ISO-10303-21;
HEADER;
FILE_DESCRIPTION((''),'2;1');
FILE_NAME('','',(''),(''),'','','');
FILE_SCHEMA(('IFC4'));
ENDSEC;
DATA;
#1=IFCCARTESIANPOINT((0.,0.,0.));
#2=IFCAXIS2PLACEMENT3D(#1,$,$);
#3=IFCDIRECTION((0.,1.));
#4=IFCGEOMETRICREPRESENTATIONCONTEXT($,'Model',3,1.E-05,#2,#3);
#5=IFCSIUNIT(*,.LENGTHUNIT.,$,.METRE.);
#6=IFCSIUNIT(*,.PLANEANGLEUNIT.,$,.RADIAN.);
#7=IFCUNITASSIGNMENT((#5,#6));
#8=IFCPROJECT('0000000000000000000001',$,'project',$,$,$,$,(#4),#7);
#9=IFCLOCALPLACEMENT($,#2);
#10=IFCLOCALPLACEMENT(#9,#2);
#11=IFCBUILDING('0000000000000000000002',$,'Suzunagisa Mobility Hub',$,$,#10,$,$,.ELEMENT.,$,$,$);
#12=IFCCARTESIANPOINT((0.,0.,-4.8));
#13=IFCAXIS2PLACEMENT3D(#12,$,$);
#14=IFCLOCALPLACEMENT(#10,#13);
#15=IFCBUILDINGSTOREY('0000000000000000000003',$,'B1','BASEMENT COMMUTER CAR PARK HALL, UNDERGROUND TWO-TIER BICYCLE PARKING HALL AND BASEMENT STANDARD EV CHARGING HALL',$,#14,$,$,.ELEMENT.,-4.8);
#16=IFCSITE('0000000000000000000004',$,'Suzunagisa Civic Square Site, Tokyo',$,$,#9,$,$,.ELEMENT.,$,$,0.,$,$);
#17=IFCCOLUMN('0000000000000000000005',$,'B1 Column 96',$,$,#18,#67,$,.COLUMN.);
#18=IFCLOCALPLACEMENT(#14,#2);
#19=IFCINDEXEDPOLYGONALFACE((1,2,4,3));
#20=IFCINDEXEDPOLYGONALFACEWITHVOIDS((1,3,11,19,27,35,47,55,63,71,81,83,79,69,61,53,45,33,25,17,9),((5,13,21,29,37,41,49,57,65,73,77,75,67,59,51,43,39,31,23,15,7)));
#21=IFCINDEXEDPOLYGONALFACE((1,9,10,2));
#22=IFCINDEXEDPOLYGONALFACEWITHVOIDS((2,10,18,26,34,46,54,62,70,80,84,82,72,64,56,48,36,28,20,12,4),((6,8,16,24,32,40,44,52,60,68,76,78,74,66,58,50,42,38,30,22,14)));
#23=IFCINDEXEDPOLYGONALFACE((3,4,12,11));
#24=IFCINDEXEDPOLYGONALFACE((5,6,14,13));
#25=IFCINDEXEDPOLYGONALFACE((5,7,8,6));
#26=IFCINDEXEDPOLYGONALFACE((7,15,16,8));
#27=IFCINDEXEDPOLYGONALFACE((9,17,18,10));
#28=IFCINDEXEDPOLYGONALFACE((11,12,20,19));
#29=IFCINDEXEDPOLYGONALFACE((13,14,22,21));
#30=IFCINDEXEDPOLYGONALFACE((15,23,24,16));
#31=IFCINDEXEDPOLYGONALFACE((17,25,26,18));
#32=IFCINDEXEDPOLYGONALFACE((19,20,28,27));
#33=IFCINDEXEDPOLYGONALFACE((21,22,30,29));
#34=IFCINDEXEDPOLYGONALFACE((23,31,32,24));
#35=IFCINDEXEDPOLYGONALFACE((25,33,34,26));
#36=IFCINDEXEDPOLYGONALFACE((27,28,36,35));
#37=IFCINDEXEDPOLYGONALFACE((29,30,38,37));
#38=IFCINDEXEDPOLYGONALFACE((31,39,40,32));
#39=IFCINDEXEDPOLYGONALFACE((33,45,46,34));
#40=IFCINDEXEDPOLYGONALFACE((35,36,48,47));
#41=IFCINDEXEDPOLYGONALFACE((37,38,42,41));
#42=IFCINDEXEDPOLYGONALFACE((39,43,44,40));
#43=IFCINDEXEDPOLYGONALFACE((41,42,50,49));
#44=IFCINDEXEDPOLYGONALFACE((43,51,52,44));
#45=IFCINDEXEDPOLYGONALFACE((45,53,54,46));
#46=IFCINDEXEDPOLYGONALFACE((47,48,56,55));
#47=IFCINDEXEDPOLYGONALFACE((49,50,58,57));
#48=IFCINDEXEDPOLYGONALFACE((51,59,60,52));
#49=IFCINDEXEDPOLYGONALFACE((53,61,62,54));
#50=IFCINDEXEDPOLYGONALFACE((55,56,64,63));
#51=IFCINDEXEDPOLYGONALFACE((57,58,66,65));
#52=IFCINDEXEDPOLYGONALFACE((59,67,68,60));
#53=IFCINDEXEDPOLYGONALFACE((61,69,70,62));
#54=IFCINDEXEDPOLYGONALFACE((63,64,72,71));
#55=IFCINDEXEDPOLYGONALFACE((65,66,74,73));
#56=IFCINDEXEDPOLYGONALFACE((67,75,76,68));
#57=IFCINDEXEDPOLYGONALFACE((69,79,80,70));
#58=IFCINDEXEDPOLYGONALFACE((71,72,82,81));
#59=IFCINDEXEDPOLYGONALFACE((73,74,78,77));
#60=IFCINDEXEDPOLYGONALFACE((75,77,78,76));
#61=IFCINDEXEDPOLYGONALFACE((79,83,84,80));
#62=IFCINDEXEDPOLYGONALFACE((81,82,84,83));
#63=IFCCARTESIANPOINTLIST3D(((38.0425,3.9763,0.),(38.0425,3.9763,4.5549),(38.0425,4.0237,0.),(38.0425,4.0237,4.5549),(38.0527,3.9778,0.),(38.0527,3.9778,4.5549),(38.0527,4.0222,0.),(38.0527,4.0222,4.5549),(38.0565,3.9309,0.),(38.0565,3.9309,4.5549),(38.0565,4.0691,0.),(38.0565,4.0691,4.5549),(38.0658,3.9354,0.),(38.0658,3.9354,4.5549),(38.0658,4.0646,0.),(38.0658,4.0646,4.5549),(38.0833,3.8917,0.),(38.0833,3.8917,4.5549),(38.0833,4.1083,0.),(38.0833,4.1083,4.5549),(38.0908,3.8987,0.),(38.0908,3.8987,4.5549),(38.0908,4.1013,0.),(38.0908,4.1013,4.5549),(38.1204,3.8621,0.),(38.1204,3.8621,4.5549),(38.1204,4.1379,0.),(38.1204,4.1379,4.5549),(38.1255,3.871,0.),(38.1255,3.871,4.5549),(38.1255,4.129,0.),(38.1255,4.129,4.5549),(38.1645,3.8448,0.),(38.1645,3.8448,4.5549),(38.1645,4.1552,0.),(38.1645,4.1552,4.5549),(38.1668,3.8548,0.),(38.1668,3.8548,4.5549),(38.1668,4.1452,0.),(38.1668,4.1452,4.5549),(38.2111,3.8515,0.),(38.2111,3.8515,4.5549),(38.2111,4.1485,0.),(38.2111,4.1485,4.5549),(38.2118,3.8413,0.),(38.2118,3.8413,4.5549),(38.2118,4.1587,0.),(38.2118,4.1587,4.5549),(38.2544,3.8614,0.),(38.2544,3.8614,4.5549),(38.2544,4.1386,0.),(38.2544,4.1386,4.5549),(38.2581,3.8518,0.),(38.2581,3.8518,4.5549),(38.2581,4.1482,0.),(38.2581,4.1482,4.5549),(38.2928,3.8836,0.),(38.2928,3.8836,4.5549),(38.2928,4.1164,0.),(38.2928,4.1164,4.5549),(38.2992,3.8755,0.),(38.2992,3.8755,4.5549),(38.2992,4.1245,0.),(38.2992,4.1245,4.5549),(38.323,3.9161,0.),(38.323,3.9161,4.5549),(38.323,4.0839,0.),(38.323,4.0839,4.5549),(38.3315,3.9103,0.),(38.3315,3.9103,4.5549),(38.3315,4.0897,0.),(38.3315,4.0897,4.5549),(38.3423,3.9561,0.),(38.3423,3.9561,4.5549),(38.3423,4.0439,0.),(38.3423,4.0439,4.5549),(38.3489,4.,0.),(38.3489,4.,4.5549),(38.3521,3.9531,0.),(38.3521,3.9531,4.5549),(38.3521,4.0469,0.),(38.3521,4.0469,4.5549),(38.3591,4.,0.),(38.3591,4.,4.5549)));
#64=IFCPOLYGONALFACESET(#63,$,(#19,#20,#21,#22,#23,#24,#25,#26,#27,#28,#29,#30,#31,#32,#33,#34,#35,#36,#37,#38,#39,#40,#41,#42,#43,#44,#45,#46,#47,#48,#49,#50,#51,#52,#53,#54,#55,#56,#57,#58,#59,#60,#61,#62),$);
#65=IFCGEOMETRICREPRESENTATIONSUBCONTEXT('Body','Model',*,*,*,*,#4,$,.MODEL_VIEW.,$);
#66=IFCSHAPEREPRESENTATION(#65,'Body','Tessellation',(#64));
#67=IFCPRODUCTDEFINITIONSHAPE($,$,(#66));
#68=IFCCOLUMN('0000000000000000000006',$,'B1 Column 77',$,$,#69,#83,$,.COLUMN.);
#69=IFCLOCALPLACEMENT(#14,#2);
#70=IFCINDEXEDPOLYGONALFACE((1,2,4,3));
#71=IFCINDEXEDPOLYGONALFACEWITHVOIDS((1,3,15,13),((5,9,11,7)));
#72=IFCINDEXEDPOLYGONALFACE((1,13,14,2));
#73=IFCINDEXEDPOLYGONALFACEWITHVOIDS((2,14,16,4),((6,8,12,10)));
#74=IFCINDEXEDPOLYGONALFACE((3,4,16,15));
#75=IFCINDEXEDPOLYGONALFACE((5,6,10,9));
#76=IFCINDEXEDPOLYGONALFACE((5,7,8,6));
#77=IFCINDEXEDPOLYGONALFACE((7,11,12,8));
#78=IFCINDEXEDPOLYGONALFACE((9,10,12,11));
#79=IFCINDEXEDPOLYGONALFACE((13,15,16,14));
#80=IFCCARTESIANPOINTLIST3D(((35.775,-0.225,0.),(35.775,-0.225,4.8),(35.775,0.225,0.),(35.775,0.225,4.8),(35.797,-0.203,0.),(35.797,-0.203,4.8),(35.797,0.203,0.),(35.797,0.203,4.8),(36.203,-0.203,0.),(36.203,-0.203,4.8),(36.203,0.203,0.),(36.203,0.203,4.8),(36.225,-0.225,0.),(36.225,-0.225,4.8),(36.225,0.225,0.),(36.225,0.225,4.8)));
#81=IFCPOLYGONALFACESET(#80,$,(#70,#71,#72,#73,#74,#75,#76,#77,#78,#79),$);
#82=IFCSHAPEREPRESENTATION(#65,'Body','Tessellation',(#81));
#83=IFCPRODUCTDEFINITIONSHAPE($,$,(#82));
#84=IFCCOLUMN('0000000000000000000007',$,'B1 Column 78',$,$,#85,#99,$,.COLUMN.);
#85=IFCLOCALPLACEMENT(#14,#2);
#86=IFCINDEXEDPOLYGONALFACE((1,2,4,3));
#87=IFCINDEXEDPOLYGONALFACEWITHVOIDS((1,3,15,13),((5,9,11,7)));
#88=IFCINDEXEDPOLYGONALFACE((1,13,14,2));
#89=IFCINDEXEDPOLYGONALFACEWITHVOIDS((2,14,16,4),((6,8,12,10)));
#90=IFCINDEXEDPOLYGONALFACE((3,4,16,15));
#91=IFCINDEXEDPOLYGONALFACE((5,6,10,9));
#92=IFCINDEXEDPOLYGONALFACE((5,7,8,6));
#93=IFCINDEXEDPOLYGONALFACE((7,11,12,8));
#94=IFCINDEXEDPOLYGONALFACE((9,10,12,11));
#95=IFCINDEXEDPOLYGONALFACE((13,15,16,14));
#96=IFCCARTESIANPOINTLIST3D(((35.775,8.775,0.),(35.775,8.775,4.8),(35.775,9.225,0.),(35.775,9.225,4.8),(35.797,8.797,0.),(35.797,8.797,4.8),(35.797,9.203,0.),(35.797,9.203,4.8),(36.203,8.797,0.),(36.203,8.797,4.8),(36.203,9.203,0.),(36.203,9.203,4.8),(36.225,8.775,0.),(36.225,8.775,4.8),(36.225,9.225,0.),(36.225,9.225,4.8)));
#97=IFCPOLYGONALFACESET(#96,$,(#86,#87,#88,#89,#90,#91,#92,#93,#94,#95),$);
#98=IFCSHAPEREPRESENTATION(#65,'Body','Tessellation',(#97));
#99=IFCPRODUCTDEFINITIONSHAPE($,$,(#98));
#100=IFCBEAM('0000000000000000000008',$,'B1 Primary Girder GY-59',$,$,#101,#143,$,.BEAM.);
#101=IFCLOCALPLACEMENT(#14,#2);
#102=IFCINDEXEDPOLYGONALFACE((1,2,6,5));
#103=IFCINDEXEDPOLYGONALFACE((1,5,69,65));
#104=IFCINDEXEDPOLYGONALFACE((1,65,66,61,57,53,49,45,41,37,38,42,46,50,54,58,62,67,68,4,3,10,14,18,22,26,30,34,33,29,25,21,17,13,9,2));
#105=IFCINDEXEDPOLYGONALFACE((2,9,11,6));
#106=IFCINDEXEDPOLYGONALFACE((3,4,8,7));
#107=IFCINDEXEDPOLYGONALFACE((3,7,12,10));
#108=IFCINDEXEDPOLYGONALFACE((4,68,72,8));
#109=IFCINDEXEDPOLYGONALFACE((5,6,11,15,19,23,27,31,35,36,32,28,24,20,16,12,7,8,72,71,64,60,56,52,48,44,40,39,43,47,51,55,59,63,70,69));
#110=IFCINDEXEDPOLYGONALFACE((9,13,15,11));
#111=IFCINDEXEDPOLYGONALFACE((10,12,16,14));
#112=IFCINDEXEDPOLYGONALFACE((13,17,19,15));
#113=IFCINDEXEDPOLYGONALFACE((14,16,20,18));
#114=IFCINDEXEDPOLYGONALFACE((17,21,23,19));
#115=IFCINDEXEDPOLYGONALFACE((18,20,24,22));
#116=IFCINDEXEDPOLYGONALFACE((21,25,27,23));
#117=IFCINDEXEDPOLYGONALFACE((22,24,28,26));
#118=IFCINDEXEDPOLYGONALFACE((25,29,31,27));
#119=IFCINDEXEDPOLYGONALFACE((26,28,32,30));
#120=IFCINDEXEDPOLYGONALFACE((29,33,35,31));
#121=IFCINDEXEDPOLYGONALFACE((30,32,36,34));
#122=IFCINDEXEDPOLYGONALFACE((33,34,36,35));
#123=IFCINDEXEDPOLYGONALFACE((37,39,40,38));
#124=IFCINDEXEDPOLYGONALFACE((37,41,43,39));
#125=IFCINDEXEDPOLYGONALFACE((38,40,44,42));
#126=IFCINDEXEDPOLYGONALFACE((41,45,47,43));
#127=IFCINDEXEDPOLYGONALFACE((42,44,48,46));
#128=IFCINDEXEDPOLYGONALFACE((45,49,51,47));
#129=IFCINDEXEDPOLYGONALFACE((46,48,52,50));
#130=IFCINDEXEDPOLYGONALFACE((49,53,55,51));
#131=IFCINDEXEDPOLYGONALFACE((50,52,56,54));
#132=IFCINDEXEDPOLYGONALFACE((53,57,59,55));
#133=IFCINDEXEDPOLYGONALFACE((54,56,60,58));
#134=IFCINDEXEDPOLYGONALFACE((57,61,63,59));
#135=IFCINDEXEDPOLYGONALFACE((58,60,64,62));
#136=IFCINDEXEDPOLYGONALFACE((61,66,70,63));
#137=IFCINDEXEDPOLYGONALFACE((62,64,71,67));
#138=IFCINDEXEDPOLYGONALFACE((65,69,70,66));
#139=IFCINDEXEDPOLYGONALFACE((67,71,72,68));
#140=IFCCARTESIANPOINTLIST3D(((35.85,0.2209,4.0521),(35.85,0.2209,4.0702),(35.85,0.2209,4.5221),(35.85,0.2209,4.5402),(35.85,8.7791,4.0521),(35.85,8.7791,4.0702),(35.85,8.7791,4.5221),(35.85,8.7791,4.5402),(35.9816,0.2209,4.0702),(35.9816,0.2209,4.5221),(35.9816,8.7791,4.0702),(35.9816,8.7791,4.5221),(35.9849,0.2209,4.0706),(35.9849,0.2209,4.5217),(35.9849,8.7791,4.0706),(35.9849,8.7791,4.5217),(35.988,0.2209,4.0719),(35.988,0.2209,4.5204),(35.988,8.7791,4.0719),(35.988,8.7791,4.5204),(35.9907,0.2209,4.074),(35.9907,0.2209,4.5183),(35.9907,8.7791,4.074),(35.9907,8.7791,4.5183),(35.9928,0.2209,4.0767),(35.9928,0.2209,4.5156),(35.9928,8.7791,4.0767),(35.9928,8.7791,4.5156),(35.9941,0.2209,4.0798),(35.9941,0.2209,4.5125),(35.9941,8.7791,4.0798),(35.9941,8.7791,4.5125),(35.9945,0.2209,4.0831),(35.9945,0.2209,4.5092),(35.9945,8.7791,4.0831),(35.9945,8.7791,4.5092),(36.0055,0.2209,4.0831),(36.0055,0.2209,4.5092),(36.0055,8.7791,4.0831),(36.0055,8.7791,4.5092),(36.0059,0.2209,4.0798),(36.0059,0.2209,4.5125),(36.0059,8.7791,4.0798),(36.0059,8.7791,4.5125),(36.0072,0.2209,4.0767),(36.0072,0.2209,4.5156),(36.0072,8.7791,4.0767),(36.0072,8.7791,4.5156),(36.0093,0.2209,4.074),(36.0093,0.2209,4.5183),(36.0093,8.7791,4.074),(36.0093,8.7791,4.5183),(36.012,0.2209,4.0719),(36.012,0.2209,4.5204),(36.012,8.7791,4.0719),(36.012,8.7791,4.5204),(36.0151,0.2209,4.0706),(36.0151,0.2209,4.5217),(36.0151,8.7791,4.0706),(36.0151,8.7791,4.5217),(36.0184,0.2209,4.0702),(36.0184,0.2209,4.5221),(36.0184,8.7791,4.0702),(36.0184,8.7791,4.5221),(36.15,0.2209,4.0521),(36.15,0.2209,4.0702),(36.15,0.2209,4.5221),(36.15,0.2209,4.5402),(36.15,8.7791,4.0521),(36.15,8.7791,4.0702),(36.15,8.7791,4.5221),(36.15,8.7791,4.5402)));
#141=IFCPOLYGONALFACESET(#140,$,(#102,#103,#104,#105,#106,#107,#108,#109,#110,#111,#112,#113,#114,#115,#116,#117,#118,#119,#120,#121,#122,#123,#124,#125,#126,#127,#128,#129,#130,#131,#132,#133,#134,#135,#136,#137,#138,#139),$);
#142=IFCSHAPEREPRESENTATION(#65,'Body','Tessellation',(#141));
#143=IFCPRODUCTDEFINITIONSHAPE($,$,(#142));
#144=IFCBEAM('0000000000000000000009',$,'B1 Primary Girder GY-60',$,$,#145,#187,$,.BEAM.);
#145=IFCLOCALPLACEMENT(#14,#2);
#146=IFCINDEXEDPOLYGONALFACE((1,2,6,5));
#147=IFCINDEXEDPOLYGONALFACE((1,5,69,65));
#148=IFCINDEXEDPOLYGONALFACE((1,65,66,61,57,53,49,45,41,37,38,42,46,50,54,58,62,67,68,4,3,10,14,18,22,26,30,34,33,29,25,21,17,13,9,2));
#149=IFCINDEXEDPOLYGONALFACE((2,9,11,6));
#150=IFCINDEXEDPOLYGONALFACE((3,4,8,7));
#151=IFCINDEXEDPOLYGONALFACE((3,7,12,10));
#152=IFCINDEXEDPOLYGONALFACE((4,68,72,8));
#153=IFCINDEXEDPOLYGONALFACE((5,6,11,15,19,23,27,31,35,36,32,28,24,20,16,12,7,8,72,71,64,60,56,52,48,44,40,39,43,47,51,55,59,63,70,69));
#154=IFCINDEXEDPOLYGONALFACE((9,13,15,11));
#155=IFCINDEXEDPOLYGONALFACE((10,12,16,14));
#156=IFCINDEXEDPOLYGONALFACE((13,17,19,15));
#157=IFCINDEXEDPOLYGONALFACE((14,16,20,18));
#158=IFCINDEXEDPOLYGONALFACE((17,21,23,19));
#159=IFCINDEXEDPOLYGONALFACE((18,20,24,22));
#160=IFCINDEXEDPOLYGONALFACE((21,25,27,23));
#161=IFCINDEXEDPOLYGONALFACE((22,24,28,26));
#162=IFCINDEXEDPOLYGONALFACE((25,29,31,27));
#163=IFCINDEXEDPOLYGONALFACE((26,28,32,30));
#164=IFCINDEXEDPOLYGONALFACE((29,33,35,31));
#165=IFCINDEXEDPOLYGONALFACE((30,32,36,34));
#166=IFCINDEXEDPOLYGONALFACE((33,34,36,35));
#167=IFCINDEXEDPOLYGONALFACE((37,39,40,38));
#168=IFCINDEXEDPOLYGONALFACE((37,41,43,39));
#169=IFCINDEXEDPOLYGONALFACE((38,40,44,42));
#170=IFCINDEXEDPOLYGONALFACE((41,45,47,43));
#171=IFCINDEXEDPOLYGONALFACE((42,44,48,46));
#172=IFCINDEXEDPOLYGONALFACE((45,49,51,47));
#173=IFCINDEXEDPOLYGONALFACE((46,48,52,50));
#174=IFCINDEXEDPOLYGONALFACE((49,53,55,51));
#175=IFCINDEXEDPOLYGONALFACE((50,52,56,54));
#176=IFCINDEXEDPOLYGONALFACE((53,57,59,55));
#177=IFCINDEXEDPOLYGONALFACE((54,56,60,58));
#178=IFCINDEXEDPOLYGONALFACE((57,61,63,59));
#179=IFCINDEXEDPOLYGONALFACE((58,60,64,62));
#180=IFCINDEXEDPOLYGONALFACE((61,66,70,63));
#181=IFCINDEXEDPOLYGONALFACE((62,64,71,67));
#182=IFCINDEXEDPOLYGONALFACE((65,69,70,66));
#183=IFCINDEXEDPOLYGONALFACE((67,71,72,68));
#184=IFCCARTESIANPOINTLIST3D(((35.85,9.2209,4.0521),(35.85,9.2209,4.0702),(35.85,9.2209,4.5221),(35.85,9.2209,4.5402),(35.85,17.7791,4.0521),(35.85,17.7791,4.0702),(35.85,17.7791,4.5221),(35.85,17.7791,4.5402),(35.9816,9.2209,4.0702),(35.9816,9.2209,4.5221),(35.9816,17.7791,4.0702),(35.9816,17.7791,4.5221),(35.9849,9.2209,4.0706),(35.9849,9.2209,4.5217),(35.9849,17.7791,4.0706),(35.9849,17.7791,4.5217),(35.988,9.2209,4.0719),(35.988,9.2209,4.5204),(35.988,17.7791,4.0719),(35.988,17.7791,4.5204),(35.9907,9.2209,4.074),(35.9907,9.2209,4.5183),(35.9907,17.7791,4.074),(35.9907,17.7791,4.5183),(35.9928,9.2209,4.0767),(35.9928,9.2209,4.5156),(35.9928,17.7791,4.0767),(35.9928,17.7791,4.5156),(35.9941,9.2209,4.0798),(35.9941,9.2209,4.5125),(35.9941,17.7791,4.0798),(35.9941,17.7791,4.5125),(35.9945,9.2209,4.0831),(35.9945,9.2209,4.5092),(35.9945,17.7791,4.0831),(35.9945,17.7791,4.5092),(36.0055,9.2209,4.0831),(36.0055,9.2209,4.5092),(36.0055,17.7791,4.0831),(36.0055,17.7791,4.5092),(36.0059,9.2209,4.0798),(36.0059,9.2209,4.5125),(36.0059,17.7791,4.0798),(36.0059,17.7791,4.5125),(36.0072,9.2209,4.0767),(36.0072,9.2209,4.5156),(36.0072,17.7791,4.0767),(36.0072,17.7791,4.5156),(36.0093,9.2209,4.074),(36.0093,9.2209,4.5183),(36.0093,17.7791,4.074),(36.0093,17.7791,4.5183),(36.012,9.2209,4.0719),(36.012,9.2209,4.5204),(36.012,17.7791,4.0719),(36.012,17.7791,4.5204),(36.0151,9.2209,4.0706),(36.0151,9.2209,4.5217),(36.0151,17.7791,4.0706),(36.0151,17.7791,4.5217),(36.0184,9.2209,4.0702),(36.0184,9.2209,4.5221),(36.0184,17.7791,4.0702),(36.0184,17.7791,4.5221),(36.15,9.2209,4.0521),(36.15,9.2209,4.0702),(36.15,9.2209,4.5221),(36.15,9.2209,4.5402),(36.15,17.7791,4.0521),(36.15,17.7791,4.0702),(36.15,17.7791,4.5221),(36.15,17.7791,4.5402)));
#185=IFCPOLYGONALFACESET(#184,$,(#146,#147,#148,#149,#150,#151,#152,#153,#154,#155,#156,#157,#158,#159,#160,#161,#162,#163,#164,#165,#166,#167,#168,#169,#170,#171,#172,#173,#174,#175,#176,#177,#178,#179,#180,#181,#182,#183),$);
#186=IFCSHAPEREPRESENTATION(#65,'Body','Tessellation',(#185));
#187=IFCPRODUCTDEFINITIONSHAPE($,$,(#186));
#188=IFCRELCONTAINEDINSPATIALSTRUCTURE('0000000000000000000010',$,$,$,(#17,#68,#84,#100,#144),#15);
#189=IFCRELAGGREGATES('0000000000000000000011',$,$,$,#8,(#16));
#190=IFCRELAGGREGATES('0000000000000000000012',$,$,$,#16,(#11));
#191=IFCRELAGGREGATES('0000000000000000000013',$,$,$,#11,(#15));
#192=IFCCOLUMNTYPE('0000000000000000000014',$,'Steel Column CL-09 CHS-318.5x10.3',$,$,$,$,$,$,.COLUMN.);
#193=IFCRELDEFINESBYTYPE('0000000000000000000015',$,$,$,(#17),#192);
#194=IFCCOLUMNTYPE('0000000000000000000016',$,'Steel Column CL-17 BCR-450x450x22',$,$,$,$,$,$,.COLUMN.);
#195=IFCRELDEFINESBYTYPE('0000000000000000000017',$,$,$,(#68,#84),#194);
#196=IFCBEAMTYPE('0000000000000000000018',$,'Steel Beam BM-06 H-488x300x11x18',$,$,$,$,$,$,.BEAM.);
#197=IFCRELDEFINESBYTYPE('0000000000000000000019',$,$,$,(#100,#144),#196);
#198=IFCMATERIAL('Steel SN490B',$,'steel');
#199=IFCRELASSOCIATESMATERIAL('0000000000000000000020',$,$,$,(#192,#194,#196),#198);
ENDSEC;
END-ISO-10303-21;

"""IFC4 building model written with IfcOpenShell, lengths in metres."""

from ifc_helpers import new_model, si_unit, direction, frame, origin, origin_2d, place, context, subcontext, project, spatial, hollow_rectangle, hollow_circle, i_section, extrude, material, material_profile, profile_set, type_object, element, save


model = new_model("IFC4")

# Units and contexts
model_context = context("Model", 3, precision=1e-05, world=origin(), true_north=direction((0.0, 1.0)))
body_context = subcontext(model_context, "Body", "Model", "MODEL_VIEW")
ifc_project = project(units=[si_unit("LENGTHUNIT", "METRE"), si_unit("PLANEANGLEUNIT", "RADIAN")], contexts=[model_context])

# Site, building, storey
site_placement = place(None, origin())
site = spatial("IfcSite", under=ifc_project, at=site_placement, Name="Suzunagisa Civic Square Site, Tokyo", CompositionType="ELEMENT", RefElevation=0.0)
building_placement = place(site_placement, origin())
building = spatial("IfcBuilding", under=site, at=building_placement, Name="Suzunagisa Mobility Hub", CompositionType="ELEMENT")
storey_placement = place(building_placement, frame((0.0, 0.0, -4.8)))
storey = spatial("IfcBuildingStorey", under=building, at=storey_placement, Name="B1", Description="BASEMENT COMMUTER CAR PARK HALL, UNDERGROUND TWO-TIER BICYCLE PARKING HALL AND BASEMENT STANDARD EV CHARGING HALL", CompositionType="ELEMENT", Elevation=-4.8)

# Columns
ifc_material_1 = material(Name="Steel SN490B", Category="steel")
ifc_material_profile_1 = material_profile(ifc_material_1, hollow_circle(Radius=0.1592, WallThickness=0.0103, at=origin_2d()), Name="CHS-318.5x10.3")
ifc_profile_set_1 = profile_set([ifc_material_profile_1], Name="Steel SN490B")
column_type_1 = type_object("IfcColumnType", Name="Steel Column CL-09 CHS-318.5x10.3", PredefinedType="COLUMN", material=ifc_profile_set_1)
column_placement = place(storey_placement, frame((38.2, 4.0, 0.0), z_axis=(0.0, 0.0, 1.0), x_axis=(1.0, 0.0, 0.0)))
element("IfcColumn", 1, at=column_placement, inside=storey, type_object=column_type_1, Name="B1 Column 96", PredefinedType="COLUMN", context=body_context, shape_type="SweptSolid", body=[
    extrude(hollow_circle(Radius=0.1592, WallThickness=0.0103, at=origin_2d()), origin(), (0.0, 0.0, 1.0), 4.5549),
])
ifc_material_profile_2 = material_profile(ifc_material_1, hollow_rectangle(XDim=0.45, YDim=0.45, WallThickness=0.022, at=origin_2d()), Name="BCR-450x450x22")
ifc_profile_set_2 = profile_set([ifc_material_profile_2], Name="Steel SN490B")
column_type_2 = type_object("IfcColumnType", Name="Steel Column CL-17 BCR-450x450x22", PredefinedType="COLUMN", material=ifc_profile_set_2)
for number, where, z_axis, x_axis, name in (
    (2, (36.0, 0.0, 0.0), (0.0, 0.0, 1.0), (1.0, 0.0, 0.0), "B1 Column 77"),
    (3, (36.0, 9.0, 0.0), (0.0, 0.0, 1.0), (1.0, 0.0, 0.0), "B1 Column 78"),
):
    element("IfcColumn", number, at=place(storey_placement, frame(where, z_axis=z_axis, x_axis=x_axis)), inside=storey, type_object=column_type_2, Name=name, PredefinedType="COLUMN", context=body_context, shape_type="SweptSolid", body=[
        extrude(hollow_rectangle(XDim=0.45, YDim=0.45, WallThickness=0.022, at=origin_2d()), origin(), (0.0, 0.0, 1.0), 4.8),
    ])

# Beams
ifc_material_profile_3 = material_profile(ifc_material_1, i_section(OverallWidth=0.3, OverallDepth=0.488, WebThickness=0.011, FlangeThickness=0.0181, FilletRadius=0.0129, at=origin_2d()), Name="H-488x300x11x18")
ifc_profile_set_3 = profile_set([ifc_material_profile_3], Name="Steel SN490B")
beam_type_1 = type_object("IfcBeamType", Name="Steel Beam BM-06 H-488x300x11x18", PredefinedType="BEAM", material=ifc_profile_set_3)
for number, where, z_axis, x_axis, name in (
    (4, (36.0, 0.2209, 4.2961), (0.0, 1.0, 0.0), (-1.0, 0.0, 0.0), "B1 Primary Girder GY-59"),
    (5, (36.0, 9.2209, 4.2961), (0.0, 1.0, 0.0), (-1.0, 0.0, 0.0), "B1 Primary Girder GY-60"),
):
    element("IfcBeam", number, at=place(storey_placement, frame(where, z_axis=z_axis, x_axis=x_axis)), inside=storey, type_object=beam_type_1, Name=name, PredefinedType="BEAM", context=body_context, shape_type="SweptSolid", body=[
        extrude(i_section(OverallWidth=0.3, OverallDepth=0.488, WebThickness=0.011, FlangeThickness=0.0181, FilletRadius=0.0129, at=origin_2d()), origin(), (0.0, 0.0, 1.0), 8.5581),
    ])

save(model, "model.ifc")
